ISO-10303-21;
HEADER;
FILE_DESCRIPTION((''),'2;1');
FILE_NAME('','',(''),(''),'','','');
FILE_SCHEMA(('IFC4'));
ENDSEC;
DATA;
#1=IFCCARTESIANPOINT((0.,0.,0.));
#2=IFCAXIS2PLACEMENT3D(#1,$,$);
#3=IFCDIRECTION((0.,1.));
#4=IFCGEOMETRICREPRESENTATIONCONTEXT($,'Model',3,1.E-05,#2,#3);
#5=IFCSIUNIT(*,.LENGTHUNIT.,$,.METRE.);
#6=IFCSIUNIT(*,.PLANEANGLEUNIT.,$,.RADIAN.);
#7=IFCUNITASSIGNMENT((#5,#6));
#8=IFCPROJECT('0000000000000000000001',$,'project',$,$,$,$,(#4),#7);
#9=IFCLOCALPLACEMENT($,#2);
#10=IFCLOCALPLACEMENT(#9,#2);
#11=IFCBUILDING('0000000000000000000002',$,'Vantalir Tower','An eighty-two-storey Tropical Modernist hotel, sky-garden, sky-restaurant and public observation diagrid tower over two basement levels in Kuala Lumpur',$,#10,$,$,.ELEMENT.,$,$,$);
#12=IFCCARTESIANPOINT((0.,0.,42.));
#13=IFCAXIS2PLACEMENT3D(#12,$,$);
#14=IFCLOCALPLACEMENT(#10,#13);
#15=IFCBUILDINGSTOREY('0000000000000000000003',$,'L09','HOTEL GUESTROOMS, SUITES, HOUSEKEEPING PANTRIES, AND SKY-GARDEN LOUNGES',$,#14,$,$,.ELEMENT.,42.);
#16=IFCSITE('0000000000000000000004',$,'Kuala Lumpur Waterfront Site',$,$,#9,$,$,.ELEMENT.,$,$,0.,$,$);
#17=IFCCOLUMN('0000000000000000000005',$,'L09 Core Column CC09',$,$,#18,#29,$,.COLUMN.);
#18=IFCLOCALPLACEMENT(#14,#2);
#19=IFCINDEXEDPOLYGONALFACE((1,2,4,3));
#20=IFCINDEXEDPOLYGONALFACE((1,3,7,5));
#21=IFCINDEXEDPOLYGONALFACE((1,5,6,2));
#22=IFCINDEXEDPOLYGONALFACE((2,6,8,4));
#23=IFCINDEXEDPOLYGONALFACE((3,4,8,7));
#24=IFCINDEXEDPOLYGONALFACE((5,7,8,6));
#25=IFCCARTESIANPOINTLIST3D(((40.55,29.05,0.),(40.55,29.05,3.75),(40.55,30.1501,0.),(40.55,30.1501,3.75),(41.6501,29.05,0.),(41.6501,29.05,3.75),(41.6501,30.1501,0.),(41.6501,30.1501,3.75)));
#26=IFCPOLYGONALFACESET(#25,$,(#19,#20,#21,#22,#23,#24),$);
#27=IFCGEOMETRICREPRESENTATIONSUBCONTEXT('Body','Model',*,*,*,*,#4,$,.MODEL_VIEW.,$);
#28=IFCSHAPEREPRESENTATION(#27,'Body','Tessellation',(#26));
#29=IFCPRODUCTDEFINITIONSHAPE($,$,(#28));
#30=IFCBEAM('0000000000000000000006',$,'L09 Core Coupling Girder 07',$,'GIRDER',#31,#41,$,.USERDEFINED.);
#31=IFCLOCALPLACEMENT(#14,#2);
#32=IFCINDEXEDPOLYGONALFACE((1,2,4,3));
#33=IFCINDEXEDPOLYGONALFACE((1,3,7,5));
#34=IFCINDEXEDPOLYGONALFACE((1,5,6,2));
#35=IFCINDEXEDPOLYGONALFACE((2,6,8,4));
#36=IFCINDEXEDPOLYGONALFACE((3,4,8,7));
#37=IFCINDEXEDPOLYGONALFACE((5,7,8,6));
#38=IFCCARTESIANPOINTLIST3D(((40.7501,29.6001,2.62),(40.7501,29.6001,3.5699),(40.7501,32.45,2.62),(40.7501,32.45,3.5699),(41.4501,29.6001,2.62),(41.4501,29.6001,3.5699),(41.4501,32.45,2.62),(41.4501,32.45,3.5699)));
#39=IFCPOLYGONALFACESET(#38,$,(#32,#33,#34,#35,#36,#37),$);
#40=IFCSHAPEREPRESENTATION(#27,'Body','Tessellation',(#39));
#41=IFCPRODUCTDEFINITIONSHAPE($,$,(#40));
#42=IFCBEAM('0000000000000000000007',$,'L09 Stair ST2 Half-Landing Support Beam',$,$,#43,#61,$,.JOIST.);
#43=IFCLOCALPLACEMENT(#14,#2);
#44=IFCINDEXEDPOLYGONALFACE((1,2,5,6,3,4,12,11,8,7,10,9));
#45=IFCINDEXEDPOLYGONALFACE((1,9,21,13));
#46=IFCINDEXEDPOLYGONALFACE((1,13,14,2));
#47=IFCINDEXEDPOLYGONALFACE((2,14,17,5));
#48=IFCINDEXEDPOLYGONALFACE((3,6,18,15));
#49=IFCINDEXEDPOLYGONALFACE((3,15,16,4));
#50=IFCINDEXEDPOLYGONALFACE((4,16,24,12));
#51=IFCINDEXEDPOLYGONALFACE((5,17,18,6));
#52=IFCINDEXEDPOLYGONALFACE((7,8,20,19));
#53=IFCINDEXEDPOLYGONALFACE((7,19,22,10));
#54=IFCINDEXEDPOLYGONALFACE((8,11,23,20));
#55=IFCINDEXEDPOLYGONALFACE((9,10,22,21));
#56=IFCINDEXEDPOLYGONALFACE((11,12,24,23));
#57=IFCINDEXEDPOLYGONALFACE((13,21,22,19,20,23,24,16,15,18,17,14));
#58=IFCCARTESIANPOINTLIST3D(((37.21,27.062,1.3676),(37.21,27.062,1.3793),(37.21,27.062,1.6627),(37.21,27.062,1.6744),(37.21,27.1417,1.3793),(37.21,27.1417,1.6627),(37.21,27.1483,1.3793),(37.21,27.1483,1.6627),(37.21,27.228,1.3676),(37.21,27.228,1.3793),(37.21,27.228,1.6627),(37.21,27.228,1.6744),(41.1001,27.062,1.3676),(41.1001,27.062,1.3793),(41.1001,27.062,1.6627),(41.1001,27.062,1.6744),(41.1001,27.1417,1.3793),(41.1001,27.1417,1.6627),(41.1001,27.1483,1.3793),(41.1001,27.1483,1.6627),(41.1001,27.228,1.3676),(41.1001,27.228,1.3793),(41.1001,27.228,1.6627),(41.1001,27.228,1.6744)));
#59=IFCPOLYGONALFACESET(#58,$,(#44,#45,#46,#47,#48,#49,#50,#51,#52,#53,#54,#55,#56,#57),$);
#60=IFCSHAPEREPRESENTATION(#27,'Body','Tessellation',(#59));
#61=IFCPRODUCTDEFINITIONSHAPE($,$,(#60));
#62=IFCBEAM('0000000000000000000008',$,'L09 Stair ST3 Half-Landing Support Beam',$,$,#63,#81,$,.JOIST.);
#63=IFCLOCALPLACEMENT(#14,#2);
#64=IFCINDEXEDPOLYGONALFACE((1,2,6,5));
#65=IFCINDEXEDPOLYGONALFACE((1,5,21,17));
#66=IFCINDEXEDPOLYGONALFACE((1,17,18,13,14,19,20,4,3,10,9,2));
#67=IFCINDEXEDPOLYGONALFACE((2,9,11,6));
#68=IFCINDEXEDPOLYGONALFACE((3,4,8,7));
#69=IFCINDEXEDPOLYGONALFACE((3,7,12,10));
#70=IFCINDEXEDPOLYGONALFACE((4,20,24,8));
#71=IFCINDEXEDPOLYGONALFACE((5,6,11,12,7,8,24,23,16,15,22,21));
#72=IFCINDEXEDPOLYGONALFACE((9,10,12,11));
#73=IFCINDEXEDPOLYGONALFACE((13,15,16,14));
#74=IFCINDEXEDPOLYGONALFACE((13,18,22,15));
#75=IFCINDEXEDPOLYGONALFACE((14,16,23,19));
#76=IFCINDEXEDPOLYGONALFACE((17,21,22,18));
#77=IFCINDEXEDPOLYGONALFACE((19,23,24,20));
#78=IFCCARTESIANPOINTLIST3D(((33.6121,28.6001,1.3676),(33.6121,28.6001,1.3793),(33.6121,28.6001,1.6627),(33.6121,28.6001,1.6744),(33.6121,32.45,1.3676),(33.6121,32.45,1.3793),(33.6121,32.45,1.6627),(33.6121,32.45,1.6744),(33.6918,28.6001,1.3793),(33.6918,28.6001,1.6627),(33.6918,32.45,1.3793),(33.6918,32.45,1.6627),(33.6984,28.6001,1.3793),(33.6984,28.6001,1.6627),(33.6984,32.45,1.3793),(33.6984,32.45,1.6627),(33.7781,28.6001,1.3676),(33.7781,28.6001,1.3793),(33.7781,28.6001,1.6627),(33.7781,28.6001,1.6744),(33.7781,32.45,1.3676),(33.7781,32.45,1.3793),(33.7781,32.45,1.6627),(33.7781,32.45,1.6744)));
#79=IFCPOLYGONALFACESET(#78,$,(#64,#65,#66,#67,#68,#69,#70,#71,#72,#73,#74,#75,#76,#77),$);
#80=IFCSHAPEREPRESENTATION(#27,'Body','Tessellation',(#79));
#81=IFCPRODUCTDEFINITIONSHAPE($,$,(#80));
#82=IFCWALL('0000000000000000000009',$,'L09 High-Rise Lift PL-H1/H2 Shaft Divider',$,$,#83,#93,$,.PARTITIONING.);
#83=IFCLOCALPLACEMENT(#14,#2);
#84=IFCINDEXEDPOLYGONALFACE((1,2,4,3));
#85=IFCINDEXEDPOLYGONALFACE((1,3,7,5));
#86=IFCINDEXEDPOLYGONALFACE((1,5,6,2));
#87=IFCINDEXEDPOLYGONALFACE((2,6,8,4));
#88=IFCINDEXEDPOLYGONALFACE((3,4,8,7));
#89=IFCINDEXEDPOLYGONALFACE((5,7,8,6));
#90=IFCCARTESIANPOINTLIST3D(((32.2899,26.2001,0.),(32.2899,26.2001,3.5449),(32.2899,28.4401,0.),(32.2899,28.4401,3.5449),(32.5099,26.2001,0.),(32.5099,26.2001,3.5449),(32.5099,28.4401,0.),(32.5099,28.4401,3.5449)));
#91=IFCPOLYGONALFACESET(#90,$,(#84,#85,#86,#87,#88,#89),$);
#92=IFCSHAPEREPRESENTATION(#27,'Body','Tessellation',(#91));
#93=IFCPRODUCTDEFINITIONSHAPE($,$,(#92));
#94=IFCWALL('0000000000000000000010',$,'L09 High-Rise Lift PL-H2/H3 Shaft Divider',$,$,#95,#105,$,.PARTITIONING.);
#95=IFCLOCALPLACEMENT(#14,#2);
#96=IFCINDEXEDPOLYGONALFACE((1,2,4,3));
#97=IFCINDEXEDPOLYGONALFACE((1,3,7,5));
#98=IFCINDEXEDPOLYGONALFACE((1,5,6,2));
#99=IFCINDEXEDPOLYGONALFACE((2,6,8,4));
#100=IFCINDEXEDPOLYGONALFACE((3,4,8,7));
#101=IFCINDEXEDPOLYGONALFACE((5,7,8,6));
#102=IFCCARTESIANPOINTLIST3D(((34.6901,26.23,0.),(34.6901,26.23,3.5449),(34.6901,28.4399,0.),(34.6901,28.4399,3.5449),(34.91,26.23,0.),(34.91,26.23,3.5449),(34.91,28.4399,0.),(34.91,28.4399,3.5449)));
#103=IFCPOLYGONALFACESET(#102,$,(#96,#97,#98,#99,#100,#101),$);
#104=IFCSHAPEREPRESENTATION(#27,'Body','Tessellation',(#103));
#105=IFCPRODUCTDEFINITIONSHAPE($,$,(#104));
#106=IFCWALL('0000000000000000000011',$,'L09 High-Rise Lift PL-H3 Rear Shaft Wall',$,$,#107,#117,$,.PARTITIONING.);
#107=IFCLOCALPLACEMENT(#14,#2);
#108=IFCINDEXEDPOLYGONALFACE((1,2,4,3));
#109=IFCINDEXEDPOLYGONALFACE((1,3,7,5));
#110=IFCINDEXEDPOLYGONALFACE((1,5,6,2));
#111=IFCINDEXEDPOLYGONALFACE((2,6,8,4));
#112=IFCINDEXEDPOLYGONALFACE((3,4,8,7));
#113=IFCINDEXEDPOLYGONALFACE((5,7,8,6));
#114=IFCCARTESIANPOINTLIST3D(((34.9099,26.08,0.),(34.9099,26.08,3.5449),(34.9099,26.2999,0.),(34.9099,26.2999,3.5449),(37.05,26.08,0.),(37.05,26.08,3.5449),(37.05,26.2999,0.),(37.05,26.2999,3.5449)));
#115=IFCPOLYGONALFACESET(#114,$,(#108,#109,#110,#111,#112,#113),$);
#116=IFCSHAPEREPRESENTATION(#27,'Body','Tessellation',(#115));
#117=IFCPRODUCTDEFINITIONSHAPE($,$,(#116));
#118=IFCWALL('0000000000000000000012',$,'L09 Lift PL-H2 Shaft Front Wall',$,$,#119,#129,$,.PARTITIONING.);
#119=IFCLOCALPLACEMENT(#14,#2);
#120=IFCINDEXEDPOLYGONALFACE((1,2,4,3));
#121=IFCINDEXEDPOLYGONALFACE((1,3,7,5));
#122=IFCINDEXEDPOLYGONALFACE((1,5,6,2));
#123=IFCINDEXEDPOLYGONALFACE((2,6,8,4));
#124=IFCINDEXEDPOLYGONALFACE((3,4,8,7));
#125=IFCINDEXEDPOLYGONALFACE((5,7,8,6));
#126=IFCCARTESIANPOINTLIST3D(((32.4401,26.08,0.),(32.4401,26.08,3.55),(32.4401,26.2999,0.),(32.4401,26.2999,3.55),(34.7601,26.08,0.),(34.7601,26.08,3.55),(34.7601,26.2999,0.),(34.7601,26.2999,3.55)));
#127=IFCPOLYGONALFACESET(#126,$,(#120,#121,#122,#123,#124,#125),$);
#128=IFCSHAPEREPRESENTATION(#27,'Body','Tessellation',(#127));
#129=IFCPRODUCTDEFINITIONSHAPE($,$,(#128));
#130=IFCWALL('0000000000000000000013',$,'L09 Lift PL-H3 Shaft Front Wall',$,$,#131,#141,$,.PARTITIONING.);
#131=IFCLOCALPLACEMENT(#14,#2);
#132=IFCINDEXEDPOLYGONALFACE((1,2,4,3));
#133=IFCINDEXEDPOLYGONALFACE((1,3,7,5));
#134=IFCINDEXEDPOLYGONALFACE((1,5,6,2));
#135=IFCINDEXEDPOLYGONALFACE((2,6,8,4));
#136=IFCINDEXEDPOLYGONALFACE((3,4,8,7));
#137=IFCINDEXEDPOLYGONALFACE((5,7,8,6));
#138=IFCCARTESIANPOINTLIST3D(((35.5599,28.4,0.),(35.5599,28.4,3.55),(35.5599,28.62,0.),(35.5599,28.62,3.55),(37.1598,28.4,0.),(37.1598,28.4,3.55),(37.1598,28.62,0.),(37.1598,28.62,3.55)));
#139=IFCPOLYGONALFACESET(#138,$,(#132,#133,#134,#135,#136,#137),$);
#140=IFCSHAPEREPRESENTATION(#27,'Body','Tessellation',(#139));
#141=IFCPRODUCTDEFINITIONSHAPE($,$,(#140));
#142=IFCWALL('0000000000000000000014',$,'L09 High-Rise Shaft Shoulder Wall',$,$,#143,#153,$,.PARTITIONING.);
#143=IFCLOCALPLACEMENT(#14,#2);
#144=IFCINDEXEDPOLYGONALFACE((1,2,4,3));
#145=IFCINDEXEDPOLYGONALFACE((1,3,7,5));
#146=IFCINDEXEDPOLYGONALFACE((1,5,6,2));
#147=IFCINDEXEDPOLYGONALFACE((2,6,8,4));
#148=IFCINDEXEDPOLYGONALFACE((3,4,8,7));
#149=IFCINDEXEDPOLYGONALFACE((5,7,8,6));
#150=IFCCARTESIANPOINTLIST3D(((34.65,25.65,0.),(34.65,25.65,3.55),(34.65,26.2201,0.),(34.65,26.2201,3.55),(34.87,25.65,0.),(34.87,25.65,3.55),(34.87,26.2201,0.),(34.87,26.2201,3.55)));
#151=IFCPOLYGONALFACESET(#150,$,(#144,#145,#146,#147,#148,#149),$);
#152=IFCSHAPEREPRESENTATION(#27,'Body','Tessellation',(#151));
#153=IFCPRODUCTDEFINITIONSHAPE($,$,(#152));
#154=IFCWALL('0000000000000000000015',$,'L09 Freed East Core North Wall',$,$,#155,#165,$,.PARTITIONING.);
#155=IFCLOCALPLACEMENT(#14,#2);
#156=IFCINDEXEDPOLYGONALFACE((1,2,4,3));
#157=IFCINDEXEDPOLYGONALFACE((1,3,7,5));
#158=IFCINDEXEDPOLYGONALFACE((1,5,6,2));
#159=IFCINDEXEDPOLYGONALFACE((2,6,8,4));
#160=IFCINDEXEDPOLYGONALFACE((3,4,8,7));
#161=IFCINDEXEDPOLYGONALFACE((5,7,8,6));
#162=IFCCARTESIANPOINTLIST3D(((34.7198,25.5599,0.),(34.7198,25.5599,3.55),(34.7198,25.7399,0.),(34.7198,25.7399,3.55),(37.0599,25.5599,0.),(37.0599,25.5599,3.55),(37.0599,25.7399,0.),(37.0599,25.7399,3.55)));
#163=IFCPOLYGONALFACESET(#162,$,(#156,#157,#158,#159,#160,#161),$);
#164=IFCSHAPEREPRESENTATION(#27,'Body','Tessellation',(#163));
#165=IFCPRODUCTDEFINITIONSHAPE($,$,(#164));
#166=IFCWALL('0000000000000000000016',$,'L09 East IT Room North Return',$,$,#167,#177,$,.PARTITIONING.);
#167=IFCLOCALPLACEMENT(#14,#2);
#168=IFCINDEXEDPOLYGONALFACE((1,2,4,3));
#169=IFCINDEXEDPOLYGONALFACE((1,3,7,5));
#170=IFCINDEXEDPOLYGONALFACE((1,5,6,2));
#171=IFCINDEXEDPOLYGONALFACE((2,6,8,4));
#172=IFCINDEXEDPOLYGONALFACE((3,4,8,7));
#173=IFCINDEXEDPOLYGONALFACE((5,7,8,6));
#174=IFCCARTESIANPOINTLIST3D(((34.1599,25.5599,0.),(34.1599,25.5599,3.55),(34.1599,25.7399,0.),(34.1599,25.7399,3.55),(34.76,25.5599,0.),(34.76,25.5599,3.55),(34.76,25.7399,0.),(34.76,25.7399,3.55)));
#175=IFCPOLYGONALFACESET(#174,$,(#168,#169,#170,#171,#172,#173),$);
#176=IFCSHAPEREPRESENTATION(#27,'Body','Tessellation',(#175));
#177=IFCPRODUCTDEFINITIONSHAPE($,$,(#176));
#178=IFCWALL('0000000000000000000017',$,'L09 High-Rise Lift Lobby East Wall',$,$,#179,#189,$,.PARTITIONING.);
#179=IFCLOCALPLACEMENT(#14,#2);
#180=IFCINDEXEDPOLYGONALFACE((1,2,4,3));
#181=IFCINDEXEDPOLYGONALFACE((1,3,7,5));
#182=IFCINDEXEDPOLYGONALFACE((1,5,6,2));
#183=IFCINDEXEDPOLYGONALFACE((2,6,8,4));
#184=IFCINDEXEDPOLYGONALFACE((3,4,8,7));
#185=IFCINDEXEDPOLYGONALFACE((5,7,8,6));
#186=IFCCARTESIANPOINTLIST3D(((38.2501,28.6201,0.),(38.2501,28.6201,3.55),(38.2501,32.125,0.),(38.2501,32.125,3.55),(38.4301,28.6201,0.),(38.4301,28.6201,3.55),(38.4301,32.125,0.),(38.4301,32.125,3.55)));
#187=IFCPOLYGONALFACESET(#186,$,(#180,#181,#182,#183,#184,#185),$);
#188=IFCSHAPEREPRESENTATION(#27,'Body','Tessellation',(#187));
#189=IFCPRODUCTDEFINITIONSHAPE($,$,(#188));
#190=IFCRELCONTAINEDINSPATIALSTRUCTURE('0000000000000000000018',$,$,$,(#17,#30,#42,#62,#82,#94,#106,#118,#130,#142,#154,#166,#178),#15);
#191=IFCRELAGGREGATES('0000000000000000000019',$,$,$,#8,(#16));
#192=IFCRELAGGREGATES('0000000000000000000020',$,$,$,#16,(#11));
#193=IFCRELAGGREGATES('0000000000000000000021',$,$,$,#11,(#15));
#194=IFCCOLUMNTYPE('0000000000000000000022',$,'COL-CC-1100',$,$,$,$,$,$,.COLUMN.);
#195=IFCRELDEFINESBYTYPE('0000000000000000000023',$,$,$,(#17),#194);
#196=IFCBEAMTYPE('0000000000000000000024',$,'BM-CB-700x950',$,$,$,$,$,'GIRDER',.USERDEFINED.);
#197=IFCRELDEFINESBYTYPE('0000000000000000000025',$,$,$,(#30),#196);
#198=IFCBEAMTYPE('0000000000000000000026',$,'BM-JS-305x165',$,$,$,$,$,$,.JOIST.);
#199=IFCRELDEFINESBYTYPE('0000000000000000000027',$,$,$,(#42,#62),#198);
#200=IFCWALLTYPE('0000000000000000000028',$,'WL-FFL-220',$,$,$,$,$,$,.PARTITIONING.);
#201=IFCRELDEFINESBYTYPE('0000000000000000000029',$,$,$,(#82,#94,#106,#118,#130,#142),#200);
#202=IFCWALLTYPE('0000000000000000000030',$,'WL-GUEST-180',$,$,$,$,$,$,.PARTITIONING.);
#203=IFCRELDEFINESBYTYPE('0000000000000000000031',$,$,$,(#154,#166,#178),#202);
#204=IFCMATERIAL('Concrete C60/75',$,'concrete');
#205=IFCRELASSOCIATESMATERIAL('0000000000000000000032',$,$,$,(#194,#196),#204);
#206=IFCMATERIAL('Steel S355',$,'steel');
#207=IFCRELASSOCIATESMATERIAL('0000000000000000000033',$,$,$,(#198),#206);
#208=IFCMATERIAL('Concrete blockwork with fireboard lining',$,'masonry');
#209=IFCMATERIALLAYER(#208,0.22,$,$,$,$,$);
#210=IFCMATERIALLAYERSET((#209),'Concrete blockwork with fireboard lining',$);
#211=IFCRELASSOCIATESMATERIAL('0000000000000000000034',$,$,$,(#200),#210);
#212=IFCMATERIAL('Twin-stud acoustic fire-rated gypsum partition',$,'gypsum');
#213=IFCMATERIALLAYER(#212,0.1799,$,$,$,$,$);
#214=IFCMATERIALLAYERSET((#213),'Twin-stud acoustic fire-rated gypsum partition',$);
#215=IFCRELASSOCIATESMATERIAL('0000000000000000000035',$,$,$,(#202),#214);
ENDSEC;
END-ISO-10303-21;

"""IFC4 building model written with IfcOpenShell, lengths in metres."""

from ifc_helpers import new_model, si_unit, direction, frame, frame_2d, origin, origin_2d, place, context, subcontext, project, spatial, rectangle, i_section, extrude, material, layer, layer_set, material_profile, profile_set, type_object, element, save


model = new_model("IFC4")

# Units and contexts
model_context = context("Model", 3, precision=1e-05, world=origin(), true_north=direction((0.0, 1.0)))
body_context = subcontext(model_context, "Body", "Model", "MODEL_VIEW")
ifc_project = project(units=[si_unit("LENGTHUNIT", "METRE"), si_unit("PLANEANGLEUNIT", "RADIAN")], contexts=[model_context])

# Site, building, storey
site_placement = place(None, origin())
site = spatial("IfcSite", under=ifc_project, at=site_placement, Name="Kuala Lumpur Waterfront Site", CompositionType="ELEMENT", RefElevation=0.0)
building_placement = place(site_placement, origin())
building = spatial("IfcBuilding", under=site, at=building_placement, Name="Vantalir Tower", Description="An eighty-two-storey Tropical Modernist hotel, sky-garden, sky-restaurant and public observation diagrid tower over two basement levels in Kuala Lumpur", CompositionType="ELEMENT")
storey_placement = place(building_placement, frame((0.0, 0.0, 42.0)))
storey = spatial("IfcBuildingStorey", under=building, at=storey_placement, Name="L09", Description="HOTEL GUESTROOMS, SUITES, HOUSEKEEPING PANTRIES, AND SKY-GARDEN LOUNGES", CompositionType="ELEMENT", Elevation=42.0)

# Column
ifc_material_1 = material(Name="Concrete C60/75", Category="concrete")
ifc_material_profile_1 = material_profile(ifc_material_1, rectangle(XDim=1.1001, YDim=1.1001, at=origin_2d()), Name="Concrete C60/75")
ifc_profile_set_1 = profile_set([ifc_material_profile_1], Name="Concrete C60/75")
column_type = type_object("IfcColumnType", Name="COL-CC-1100", PredefinedType="COLUMN", material=ifc_profile_set_1)
column_placement = place(storey_placement, frame((41.1001, 29.6001, 0.0), z_axis=(0.0, 0.0, 1.0), x_axis=(1.0, 0.0, 0.0)))
element("IfcColumn", 1, at=column_placement, inside=storey, type_object=column_type, Name="L09 Core Column CC09", PredefinedType="COLUMN", context=body_context, shape_type="SweptSolid", body=[
    extrude(rectangle(XDim=1.1001, YDim=1.1001, at=origin_2d()), origin(), (0.0, 0.0, 1.0), 3.75),
])

# Beams
ifc_material_profile_2 = material_profile(ifc_material_1, rectangle(XDim=0.7, YDim=0.95, at=origin_2d()), Name="Concrete C60/75")
ifc_profile_set_2 = profile_set([ifc_material_profile_2], Name="Concrete C60/75")
beam_type_1 = type_object("IfcBeamType", Name="BM-CB-700x950", ElementType="GIRDER", PredefinedType="USERDEFINED", material=ifc_profile_set_2)
beam_1_placement = place(storey_placement, frame((41.1001, 29.6001, 3.095), z_axis=(0.0, 1.0, 0.0), x_axis=(-1.0, 0.0, 0.0)))
element("IfcBeam", 2, at=beam_1_placement, inside=storey, type_object=beam_type_1, Name="L09 Core Coupling Girder 07", ObjectType="GIRDER", PredefinedType="USERDEFINED", context=body_context, shape_type="SweptSolid", body=[
    extrude(rectangle(XDim=0.7, YDim=0.95, at=origin_2d()), origin(), (0.0, 0.0, 1.0), 2.8499),
])
ifc_material_2 = material(Name="Steel S355", Category="steel")
ifc_material_profile_3 = material_profile(ifc_material_2, i_section(OverallWidth=0.166, OverallDepth=0.3069, WebThickness=0.0066, FlangeThickness=0.0117, at=origin_2d()), Name="Steel S355")
ifc_profile_set_3 = profile_set([ifc_material_profile_3], Name="Steel S355")
beam_type_2 = type_object("IfcBeamType", Name="BM-JS-305x165", PredefinedType="JOIST", material=ifc_profile_set_3)
beam_2_placement = place(storey_placement, frame((37.21, 27.145, 1.521), z_axis=(1.0, 0.0, 0.0), x_axis=(0.0, 1.0, 0.0)))
element("IfcBeam", 3, at=beam_2_placement, inside=storey, type_object=beam_type_2, Name="L09 Stair ST2 Half-Landing Support Beam", PredefinedType="JOIST", context=body_context, shape_type="SweptSolid", body=[
    extrude(i_section(OverallWidth=0.166, OverallDepth=0.3069, WebThickness=0.0066, FlangeThickness=0.0117, at=origin_2d()), origin(), (0.0, 0.0, 1.0), 3.8901),
])
beam_3_placement = place(storey_placement, frame((33.6951, 28.6001, 1.521), z_axis=(0.0, 1.0, 0.0), x_axis=(-1.0, 0.0, 0.0)))
element("IfcBeam", 4, at=beam_3_placement, inside=storey, type_object=beam_type_2, Name="L09 Stair ST3 Half-Landing Support Beam", PredefinedType="JOIST", context=body_context, shape_type="SweptSolid", body=[
    extrude(i_section(OverallWidth=0.166, OverallDepth=0.3069, WebThickness=0.0066, FlangeThickness=0.0117, at=origin_2d()), origin(), (0.0, 0.0, 1.0), 3.8499),
])

# Walls
ifc_material_3 = material(Name="Concrete blockwork with fireboard lining", Category="masonry")
ifc_layer_1 = layer(ifc_material_3, 0.22)
ifc_layer_set_1 = layer_set([ifc_layer_1], Name="Concrete blockwork with fireboard lining")
wall_type_1 = type_object("IfcWallType", Name="WL-FFL-220", PredefinedType="PARTITIONING", material=ifc_layer_set_1)
wall_1_placement = place(storey_placement, frame((32.3999, 26.2, 0.0), z_axis=(0.0, 0.0, 1.0), x_axis=(0.0, 1.0, 0.0)))
element("IfcWall", 5, at=wall_1_placement, inside=storey, type_object=wall_type_1, Name="L09 High-Rise Lift PL-H1/H2 Shaft Divider", PredefinedType="PARTITIONING", context=body_context, shape_type="SweptSolid", body=[
    extrude(rectangle(XDim=2.24, YDim=0.22, at=frame_2d((1.1201, 0.0))), origin(), (0.0, 0.0, 1.0), 3.5449),
])
wall_2_placement = place(storey_placement, frame((34.8, 26.23, 0.0), z_axis=(0.0, 0.0, 1.0), x_axis=(0.0, 1.0, 0.0)))
element("IfcWall", 6, at=wall_2_placement, inside=storey, type_object=wall_type_1, Name="L09 High-Rise Lift PL-H2/H3 Shaft Divider", PredefinedType="PARTITIONING", context=body_context, shape_type="SweptSolid", body=[
    extrude(rectangle(XDim=2.21, YDim=0.22, at=frame_2d((1.105, 0.0))), origin(), (0.0, 0.0, 1.0), 3.5449),
])
wall_3_placement = place(storey_placement, frame((34.9099, 26.1899, 0.0), z_axis=(0.0, 0.0, 1.0), x_axis=(1.0, 0.0, 0.0)))
element("IfcWall", 7, at=wall_3_placement, inside=storey, type_object=wall_type_1, Name="L09 High-Rise Lift PL-H3 Rear Shaft Wall", PredefinedType="PARTITIONING", context=body_context, shape_type="SweptSolid", body=[
    extrude(rectangle(XDim=2.1401, YDim=0.22, at=frame_2d((1.0701, 0.0))), origin(), (0.0, 0.0, 1.0), 3.5449),
])
wall_4_placement = place(storey_placement, frame((32.4399, 26.1899, 0.0), z_axis=(0.0, 0.0, 1.0), x_axis=(1.0, 0.0, 0.0)))
element("IfcWall", 8, at=wall_4_placement, inside=storey, type_object=wall_type_1, Name="L09 Lift PL-H2 Shaft Front Wall", PredefinedType="PARTITIONING", context=body_context, shape_type="SweptSolid", body=[
    extrude(rectangle(XDim=2.3201, YDim=0.22, at=frame_2d((1.1602, 0.0))), origin(), (0.0, 0.0, 1.0), 3.55),
])
wall_5_placement = place(storey_placement, frame((35.5601, 28.51, 0.0), z_axis=(0.0, 0.0, 1.0), x_axis=(1.0, 0.0, 0.0)))
element("IfcWall", 9, at=wall_5_placement, inside=storey, type_object=wall_type_1, Name="L09 Lift PL-H3 Shaft Front Wall", PredefinedType="PARTITIONING", context=body_context, shape_type="SweptSolid", body=[
    extrude(rectangle(XDim=1.5999, YDim=0.22, at=frame_2d((0.7998, 0.0))), origin(), (0.0, 0.0, 1.0), 3.55),
])
wall_6_placement = place(storey_placement, frame((34.76, 25.6499, 0.0), z_axis=(0.0, 0.0, 1.0), x_axis=(0.0, 1.0, 0.0)))
element("IfcWall", 10, at=wall_6_placement, inside=storey, type_object=wall_type_1, Name="L09 High-Rise Shaft Shoulder Wall", PredefinedType="PARTITIONING", context=body_context, shape_type="SweptSolid", body=[
    extrude(rectangle(XDim=0.5701, YDim=0.22, at=frame_2d((0.2852, 0.0))), origin(), (0.0, 0.0, 1.0), 3.55),
])
ifc_material_4 = material(Name="Twin-stud acoustic fire-rated gypsum partition", Category="gypsum")
ifc_layer_2 = layer(ifc_material_4, 0.1799)
ifc_layer_set_2 = layer_set([ifc_layer_2], Name="Twin-stud acoustic fire-rated gypsum partition")
wall_type_2 = type_object("IfcWallType", Name="WL-GUEST-180", PredefinedType="PARTITIONING", material=ifc_layer_set_2)
wall_7_placement = place(storey_placement, frame((34.72, 25.6499, 0.0), z_axis=(0.0, 0.0, 1.0), x_axis=(1.0, 0.0, 0.0)))
element("IfcWall", 11, at=wall_7_placement, inside=storey, type_object=wall_type_2, Name="L09 Freed East Core North Wall", PredefinedType="PARTITIONING", context=body_context, shape_type="SweptSolid", body=[
    extrude(rectangle(XDim=2.3401, YDim=0.1799, at=frame_2d((1.1699, 0.0))), origin(), (0.0, 0.0, 1.0), 3.55),
])
wall_8_placement = place(storey_placement, frame((34.1599, 25.6499, 0.0), z_axis=(0.0, 0.0, 1.0), x_axis=(1.0, 0.0, 0.0)))
element("IfcWall", 12, at=wall_8_placement, inside=storey, type_object=wall_type_2, Name="L09 East IT Room North Return", PredefinedType="PARTITIONING", context=body_context, shape_type="SweptSolid", body=[
    extrude(rectangle(XDim=0.6001, YDim=0.1799, at=frame_2d((0.3, 0.0))), origin(), (0.0, 0.0, 1.0), 3.55),
])
wall_9_placement = place(storey_placement, frame((38.3401, 28.6201, 0.0), z_axis=(0.0, 0.0, 1.0), x_axis=(0.0, 1.0, 0.0)))
element("IfcWall", 13, at=wall_9_placement, inside=storey, type_object=wall_type_2, Name="L09 High-Rise Lift Lobby East Wall", PredefinedType="PARTITIONING", context=body_context, shape_type="SweptSolid", body=[
    extrude(rectangle(XDim=3.5049, YDim=0.1799, at=frame_2d((1.7524, 0.0))), origin(), (0.0, 0.0, 1.0), 3.55),
])

save(model, "model.ifc")
